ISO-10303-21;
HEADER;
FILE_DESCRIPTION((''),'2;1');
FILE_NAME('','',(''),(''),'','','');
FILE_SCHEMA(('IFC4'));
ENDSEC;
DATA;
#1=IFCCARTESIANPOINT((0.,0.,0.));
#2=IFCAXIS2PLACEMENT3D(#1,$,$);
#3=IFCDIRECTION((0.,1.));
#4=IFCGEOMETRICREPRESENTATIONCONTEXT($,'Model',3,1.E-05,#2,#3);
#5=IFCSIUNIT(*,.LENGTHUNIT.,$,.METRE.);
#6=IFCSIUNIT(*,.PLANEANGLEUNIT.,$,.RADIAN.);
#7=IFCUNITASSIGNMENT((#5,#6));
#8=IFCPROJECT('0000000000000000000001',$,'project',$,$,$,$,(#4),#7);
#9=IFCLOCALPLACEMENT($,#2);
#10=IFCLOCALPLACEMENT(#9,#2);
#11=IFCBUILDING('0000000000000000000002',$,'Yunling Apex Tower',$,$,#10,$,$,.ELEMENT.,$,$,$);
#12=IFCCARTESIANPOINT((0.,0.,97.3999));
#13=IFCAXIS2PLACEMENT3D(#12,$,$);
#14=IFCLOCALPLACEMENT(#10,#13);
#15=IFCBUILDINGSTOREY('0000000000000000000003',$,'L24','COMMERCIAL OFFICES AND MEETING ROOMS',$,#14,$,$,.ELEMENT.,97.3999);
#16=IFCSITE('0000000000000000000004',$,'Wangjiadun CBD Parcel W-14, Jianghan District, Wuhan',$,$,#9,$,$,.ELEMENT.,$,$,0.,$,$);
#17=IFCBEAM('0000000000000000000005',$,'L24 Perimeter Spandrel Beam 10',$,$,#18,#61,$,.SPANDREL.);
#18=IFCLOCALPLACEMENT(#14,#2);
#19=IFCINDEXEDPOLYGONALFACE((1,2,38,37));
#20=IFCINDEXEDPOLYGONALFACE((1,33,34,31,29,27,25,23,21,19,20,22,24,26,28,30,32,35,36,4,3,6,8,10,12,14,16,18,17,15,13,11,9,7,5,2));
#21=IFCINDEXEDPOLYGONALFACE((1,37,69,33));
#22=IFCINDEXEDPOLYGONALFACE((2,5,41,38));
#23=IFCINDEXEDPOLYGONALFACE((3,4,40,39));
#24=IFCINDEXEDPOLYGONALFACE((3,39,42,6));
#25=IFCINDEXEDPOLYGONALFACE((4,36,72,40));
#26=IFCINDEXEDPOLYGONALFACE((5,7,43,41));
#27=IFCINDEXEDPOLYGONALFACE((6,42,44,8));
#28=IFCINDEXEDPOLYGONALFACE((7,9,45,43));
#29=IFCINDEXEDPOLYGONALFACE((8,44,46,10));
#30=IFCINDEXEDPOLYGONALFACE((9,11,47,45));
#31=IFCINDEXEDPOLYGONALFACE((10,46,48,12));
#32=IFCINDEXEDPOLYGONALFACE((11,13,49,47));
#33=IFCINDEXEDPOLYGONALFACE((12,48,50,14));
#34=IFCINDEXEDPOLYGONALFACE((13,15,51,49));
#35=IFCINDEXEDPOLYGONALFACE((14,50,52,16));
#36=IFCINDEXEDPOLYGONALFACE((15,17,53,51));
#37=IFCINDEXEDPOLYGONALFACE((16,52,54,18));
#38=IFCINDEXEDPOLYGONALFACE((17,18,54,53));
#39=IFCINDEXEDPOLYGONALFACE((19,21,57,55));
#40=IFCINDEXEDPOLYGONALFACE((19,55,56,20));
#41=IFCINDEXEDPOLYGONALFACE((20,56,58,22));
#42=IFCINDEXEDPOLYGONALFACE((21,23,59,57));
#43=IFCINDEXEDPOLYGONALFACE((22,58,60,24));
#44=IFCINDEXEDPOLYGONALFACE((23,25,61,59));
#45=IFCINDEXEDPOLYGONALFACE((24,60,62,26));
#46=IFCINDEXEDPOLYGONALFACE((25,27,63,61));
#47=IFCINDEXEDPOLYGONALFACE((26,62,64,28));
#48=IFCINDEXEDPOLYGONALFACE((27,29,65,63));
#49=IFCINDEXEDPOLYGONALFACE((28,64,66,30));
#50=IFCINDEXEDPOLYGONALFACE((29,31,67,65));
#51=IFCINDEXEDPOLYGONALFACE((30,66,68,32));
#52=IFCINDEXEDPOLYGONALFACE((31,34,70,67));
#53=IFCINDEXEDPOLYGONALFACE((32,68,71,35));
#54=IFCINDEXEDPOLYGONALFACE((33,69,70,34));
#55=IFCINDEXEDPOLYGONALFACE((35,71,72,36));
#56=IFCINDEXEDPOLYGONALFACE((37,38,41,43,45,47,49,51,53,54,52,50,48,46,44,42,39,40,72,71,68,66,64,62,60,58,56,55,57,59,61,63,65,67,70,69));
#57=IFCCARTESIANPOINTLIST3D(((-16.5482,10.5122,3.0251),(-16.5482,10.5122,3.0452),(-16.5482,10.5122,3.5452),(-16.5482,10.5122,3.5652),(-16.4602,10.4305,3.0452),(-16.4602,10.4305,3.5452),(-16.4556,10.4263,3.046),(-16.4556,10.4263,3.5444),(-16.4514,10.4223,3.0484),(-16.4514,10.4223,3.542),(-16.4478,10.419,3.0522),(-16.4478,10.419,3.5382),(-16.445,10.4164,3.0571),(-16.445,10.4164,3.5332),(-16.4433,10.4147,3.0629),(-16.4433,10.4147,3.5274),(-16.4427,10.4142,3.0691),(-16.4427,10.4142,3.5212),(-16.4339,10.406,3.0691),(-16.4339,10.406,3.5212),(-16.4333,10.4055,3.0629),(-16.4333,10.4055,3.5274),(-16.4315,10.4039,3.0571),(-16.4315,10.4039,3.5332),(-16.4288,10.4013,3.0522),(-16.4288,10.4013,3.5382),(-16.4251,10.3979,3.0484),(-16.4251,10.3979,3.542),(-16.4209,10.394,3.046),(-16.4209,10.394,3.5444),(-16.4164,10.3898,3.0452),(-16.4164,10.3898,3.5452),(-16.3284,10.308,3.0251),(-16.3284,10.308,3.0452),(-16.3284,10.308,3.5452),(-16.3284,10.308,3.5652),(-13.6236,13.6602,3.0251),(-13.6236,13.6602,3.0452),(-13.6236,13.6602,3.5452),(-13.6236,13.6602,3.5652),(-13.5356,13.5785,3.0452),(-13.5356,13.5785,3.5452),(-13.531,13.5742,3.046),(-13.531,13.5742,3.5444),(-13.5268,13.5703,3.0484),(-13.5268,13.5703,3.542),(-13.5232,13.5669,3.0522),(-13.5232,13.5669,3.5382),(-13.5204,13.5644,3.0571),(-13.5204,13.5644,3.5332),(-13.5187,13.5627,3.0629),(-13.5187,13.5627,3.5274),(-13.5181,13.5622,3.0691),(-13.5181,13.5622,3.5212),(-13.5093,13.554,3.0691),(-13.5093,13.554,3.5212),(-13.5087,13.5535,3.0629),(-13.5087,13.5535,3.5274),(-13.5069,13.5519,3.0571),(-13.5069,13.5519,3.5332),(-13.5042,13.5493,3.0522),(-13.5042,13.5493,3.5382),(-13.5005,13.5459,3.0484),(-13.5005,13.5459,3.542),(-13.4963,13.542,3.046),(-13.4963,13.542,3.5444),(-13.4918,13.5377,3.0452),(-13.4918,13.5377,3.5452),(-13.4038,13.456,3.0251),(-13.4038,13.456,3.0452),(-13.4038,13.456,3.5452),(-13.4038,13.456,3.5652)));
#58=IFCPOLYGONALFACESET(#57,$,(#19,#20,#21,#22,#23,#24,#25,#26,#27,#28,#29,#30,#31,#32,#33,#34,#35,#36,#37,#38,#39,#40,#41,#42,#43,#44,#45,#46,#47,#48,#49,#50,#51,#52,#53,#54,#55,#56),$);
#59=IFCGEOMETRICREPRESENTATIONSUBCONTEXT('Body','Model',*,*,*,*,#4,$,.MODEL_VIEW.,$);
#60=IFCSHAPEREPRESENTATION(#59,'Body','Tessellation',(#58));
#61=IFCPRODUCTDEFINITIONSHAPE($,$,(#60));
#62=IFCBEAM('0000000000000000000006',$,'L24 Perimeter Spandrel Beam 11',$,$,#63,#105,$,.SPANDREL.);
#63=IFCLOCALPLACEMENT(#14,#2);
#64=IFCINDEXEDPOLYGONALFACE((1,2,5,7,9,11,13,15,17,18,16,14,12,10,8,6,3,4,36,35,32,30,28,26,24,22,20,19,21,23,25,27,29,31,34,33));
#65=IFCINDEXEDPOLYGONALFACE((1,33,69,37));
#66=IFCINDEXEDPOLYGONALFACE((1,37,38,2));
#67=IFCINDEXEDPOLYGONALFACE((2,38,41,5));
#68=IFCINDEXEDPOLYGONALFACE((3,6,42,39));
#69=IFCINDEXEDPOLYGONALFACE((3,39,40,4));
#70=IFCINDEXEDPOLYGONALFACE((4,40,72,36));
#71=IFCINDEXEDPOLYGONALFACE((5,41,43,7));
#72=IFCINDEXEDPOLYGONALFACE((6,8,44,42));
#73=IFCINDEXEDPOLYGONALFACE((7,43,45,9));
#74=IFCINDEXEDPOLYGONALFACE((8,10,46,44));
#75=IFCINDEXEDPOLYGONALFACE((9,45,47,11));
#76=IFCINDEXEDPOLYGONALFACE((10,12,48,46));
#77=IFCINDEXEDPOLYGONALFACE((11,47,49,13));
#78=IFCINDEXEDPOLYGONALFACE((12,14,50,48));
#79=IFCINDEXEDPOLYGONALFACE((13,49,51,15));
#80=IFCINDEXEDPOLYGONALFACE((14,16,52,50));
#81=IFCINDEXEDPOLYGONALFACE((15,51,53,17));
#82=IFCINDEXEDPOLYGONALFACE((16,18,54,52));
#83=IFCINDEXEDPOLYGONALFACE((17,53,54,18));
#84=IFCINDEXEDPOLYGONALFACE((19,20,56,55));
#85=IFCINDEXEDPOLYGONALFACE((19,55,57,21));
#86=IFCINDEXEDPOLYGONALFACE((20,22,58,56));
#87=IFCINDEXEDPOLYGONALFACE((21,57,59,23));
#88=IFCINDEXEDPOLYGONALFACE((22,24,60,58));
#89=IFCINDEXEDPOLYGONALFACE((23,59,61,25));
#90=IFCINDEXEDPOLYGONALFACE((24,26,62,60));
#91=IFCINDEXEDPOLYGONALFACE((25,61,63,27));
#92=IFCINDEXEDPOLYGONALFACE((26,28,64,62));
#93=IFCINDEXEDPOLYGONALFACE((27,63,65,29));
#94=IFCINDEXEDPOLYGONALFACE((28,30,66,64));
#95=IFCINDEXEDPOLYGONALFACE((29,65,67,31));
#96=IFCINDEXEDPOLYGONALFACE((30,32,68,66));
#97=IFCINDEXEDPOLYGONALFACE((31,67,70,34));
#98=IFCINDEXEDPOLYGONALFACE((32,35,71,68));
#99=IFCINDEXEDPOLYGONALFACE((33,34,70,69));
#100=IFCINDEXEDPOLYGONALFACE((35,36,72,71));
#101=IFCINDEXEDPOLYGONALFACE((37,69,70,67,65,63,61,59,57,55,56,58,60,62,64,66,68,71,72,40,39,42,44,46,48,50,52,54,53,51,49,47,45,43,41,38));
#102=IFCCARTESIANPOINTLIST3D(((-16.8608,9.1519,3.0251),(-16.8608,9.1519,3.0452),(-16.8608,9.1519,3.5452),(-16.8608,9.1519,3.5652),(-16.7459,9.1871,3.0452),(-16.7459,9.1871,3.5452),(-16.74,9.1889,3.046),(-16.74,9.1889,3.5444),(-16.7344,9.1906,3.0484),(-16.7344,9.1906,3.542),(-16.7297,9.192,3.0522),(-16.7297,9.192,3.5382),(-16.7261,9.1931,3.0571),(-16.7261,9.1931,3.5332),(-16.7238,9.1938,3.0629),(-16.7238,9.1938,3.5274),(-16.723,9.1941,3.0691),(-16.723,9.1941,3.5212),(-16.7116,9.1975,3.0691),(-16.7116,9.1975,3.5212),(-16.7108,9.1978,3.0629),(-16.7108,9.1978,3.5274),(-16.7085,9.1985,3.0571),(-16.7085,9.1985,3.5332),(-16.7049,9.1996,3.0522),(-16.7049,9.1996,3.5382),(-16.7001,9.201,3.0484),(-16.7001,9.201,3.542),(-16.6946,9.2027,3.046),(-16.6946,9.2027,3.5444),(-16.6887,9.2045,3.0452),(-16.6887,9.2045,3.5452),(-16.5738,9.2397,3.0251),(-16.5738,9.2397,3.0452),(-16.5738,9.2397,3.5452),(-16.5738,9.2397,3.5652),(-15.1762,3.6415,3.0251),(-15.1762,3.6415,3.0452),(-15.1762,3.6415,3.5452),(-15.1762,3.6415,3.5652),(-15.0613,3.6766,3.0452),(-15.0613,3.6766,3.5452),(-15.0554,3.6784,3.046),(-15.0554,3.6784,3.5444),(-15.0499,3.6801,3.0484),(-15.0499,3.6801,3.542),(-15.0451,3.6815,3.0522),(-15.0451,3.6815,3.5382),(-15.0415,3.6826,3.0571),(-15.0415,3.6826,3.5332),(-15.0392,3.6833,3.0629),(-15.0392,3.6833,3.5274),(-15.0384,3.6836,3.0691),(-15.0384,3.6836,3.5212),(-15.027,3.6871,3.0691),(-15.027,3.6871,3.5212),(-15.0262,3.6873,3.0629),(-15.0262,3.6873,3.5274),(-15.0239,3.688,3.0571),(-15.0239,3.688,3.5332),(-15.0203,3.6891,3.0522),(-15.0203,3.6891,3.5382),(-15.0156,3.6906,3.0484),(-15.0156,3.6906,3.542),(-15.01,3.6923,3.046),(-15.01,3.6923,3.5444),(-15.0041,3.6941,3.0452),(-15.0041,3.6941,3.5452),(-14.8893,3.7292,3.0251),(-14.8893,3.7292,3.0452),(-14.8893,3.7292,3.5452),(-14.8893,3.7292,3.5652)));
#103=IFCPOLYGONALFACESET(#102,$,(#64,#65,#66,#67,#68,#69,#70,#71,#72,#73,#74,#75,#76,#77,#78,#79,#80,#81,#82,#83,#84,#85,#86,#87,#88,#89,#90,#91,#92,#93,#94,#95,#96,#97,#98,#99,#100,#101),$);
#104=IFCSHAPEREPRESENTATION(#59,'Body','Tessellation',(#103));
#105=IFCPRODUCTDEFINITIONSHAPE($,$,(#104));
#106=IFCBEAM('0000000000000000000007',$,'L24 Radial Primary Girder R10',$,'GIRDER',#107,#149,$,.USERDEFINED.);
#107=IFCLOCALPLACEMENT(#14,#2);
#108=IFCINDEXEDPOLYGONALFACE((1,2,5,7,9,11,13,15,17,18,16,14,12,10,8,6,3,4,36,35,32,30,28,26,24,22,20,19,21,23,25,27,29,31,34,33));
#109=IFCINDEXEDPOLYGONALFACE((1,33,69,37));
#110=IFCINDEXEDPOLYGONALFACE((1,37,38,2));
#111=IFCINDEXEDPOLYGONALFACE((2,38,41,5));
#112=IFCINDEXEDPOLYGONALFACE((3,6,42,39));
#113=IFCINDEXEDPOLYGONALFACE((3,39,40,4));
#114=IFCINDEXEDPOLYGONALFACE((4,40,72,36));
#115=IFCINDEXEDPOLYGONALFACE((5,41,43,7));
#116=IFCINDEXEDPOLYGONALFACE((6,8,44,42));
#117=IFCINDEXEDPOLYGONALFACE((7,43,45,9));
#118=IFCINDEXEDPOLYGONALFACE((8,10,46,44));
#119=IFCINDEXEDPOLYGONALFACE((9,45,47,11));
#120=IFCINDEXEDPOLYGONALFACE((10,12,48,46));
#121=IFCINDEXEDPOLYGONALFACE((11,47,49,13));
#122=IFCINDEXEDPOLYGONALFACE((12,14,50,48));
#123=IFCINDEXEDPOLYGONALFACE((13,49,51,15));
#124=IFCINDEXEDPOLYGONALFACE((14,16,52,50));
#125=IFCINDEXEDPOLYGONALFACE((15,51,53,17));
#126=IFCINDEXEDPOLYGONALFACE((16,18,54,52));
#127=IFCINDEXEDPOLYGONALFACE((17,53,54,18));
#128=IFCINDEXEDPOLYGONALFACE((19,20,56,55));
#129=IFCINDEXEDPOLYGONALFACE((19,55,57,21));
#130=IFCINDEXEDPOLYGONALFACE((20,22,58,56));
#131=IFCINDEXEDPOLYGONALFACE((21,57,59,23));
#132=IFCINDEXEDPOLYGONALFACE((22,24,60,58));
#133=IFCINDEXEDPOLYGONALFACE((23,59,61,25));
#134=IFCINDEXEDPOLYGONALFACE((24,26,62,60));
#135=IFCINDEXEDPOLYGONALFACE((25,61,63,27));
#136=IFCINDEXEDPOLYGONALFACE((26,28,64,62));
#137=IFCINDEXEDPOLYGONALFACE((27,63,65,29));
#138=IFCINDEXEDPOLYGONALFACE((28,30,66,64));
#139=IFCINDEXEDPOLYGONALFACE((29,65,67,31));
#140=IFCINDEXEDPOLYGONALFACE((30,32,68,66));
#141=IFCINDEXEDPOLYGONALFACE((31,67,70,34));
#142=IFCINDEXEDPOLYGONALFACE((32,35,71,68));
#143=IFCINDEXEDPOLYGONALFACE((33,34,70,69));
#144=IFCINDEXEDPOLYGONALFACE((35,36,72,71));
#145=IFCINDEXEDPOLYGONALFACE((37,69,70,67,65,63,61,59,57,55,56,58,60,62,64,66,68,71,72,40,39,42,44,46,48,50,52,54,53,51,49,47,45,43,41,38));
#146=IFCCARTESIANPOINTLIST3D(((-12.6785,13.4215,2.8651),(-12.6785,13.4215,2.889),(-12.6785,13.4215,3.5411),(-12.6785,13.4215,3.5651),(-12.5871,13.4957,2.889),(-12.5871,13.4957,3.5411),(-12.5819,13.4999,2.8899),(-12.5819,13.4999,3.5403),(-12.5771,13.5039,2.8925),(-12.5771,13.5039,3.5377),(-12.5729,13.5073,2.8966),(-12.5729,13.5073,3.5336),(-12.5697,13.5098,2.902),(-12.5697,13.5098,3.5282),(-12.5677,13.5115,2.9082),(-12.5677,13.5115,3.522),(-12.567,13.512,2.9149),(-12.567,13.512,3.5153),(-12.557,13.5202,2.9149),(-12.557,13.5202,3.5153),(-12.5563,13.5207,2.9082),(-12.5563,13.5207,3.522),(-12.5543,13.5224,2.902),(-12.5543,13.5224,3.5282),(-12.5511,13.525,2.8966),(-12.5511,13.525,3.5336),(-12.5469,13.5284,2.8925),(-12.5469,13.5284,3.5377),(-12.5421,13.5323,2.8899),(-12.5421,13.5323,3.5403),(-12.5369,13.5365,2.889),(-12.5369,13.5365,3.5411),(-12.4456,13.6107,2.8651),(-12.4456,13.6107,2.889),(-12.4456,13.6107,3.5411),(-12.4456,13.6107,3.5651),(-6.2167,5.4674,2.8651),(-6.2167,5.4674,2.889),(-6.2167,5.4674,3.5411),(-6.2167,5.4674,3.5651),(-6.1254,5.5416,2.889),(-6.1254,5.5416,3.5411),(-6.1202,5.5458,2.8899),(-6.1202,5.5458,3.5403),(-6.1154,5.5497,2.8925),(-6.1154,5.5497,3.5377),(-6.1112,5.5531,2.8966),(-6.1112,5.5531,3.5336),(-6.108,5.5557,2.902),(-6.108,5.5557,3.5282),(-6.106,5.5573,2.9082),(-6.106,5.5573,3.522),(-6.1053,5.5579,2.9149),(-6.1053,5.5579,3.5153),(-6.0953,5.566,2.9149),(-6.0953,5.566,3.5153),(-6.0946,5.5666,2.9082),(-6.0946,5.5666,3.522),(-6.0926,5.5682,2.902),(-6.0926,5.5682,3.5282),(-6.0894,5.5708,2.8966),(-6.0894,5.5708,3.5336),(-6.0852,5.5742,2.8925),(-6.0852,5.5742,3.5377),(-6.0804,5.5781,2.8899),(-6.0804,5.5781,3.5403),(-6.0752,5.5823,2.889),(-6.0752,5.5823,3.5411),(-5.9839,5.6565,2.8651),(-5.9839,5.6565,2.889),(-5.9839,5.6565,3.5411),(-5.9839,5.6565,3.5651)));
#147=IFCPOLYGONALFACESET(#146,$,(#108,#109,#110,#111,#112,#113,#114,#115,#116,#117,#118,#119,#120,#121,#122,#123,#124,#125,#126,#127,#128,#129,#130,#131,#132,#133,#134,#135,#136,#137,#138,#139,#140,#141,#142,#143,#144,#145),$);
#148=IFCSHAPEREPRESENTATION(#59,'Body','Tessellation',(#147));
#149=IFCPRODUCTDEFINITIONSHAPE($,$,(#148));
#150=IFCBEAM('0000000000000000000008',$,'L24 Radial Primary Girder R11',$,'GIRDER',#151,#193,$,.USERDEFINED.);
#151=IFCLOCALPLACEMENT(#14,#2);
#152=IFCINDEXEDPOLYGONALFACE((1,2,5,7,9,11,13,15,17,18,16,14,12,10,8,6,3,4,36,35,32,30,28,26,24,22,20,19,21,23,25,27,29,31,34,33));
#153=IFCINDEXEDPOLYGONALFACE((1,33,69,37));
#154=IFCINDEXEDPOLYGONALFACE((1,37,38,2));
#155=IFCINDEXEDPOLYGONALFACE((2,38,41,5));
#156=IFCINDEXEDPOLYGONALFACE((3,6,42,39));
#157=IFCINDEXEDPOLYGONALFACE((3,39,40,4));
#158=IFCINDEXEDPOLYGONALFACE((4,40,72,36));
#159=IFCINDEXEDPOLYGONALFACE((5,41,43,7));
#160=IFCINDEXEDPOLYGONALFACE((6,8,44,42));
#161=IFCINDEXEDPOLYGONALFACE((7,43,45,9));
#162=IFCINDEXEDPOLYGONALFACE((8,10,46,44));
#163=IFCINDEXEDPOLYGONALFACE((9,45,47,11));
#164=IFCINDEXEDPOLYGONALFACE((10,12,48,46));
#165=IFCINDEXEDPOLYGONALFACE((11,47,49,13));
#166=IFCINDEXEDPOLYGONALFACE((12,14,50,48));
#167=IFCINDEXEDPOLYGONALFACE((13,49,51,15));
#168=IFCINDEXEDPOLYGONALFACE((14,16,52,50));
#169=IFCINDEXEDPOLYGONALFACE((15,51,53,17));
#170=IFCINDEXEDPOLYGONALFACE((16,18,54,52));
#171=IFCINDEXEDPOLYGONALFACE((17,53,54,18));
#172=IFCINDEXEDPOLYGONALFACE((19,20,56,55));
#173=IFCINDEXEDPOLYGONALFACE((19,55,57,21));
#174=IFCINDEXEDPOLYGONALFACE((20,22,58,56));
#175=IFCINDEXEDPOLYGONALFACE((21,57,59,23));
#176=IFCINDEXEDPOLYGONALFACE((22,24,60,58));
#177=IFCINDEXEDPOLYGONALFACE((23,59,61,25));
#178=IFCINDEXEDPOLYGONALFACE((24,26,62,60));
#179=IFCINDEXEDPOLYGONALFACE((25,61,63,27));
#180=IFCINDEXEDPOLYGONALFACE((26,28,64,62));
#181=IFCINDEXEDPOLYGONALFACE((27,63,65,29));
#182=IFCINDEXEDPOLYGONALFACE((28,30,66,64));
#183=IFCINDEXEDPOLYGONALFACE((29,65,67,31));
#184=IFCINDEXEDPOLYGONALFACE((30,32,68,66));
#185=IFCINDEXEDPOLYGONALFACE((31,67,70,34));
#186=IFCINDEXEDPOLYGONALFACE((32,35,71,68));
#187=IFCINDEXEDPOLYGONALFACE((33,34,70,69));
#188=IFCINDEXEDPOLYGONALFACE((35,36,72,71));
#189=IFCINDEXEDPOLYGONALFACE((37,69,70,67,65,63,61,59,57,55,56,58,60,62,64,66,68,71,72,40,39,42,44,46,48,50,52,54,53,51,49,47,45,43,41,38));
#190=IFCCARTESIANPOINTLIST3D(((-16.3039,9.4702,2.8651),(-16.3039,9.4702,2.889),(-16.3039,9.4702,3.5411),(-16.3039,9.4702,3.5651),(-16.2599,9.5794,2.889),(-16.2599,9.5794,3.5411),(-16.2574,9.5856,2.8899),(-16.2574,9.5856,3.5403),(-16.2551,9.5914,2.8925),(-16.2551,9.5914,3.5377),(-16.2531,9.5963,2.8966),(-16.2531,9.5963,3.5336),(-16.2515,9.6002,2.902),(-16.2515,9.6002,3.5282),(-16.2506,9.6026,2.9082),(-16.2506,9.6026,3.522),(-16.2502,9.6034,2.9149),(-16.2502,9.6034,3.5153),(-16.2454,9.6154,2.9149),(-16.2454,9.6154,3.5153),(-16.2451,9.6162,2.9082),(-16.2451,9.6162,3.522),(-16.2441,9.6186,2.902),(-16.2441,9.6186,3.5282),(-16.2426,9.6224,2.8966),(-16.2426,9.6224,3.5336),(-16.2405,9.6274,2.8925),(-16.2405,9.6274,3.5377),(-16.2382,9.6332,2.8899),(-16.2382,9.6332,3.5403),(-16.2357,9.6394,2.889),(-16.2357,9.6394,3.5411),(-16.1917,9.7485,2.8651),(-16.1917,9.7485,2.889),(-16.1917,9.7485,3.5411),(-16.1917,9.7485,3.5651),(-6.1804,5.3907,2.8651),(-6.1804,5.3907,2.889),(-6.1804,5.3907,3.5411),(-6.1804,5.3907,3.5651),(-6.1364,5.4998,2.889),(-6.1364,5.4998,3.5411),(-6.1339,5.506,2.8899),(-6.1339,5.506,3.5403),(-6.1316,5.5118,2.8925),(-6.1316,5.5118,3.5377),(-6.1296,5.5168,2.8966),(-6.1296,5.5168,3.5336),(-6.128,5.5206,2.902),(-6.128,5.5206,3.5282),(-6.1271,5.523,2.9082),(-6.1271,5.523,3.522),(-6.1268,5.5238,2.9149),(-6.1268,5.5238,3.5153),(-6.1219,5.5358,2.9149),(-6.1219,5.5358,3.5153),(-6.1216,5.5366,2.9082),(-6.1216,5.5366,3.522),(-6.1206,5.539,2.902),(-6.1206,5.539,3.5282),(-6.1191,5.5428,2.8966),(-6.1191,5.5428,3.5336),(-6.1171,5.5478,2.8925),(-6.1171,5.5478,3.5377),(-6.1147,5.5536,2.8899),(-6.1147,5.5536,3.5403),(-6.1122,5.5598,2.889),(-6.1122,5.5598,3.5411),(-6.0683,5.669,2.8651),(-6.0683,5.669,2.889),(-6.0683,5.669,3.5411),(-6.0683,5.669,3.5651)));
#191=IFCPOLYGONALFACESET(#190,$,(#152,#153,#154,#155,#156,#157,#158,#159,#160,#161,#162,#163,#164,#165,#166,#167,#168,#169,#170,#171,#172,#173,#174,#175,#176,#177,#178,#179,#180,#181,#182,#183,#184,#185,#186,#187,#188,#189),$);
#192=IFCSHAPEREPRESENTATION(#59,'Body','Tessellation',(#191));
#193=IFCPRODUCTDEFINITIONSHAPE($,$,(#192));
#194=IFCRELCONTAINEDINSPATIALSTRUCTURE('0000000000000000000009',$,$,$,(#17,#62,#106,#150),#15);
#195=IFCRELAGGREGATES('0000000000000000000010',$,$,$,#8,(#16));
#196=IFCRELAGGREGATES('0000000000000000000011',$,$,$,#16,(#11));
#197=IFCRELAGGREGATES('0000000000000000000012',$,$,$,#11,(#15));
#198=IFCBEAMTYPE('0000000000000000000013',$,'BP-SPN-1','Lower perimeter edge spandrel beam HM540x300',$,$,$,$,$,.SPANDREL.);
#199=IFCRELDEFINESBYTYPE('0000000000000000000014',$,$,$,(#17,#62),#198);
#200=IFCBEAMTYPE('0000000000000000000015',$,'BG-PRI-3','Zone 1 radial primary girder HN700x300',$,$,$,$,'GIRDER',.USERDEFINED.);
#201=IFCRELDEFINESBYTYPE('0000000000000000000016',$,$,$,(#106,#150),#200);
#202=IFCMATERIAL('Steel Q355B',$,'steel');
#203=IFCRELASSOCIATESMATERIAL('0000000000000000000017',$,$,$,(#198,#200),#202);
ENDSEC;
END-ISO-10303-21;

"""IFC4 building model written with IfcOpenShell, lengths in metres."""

from ifc_helpers import new_model, si_unit, direction, frame, origin, origin_2d, place, context, subcontext, project, spatial, i_section, extrude, source, transform, mapped, material, material_profile, profile_set, type_object, element, save


model = new_model("IFC4")

# Units and contexts
model_context = context("Model", 3, precision=1e-05, world=origin(), true_north=direction((0.0, 1.0)))
body_context = subcontext(model_context, "Body", "Model", "MODEL_VIEW")
ifc_project = project(units=[si_unit("LENGTHUNIT", "METRE"), si_unit("PLANEANGLEUNIT", "RADIAN")], contexts=[model_context])

# Site, building, storey
site_placement = place(None, origin())
site = spatial("IfcSite", under=ifc_project, at=site_placement, Name="Wangjiadun CBD Parcel W-14, Jianghan District, Wuhan", CompositionType="ELEMENT", RefElevation=0.0)
building_placement = place(site_placement, origin())
building = spatial("IfcBuilding", under=site, at=building_placement, Name="Yunling Apex Tower", CompositionType="ELEMENT")
storey_placement = place(building_placement, frame((0.0, 0.0, 97.3999)))
storey = spatial("IfcBuildingStorey", under=building, at=storey_placement, Name="L24", Description="COMMERCIAL OFFICES AND MEETING ROOMS", CompositionType="ELEMENT", Elevation=97.3999)

# Beams
ifc_material_1 = material(Name="Steel Q355B", Category="steel")
ifc_material_profile_1 = material_profile(ifc_material_1, i_section(OverallWidth=0.3, OverallDepth=0.54, WebThickness=0.012, FlangeThickness=0.02, FilletRadius=0.0239, at=origin_2d()))
ifc_profile_set_1 = profile_set([ifc_material_profile_1], Name="Steel Q355B")
beam_type_1 = type_object("IfcBeamType", Name="BP-SPN-1", Description="Lower perimeter edge spandrel beam HM540x300", PredefinedType="SPANDREL", material=ifc_profile_set_1)
shared_shape_1 = source(origin(), body_context, "Body", "SweptSolid", [
    extrude(i_section(OverallWidth=0.3, OverallDepth=0.54, WebThickness=0.012, FlangeThickness=0.02, FilletRadius=0.0239, at=origin_2d()), origin(), (0.0, 0.0, 1.0), 4.2969),
])
beam_1_placement = place(storey_placement, frame((-13.5137, 13.5581, 3.2952), z_axis=(-0.680634, -0.732623, 0.0), x_axis=(0.732623, -0.680634, 0.0)))
element("IfcBeam", 1, at=beam_1_placement, inside=storey, type_object=beam_type_1, Name="L24 Perimeter Spandrel Beam 10", PredefinedType="SPANDREL", context=body_context, shape_type="MappedRepresentation", body=[
    mapped(shared_shape_1, transform((0.0, 0.0, 0.0), scale=1.0)),
])
shared_shape_2 = source(origin(), body_context, "Body", "SweptSolid", [
    extrude(i_section(OverallWidth=0.3, OverallDepth=0.54, WebThickness=0.012, FlangeThickness=0.02, FilletRadius=0.0239, at=origin_2d()), origin(), (0.0, 0.0, 1.0), 5.7622),
])
beam_2_placement = place(storey_placement, frame((-16.7173, 9.1958, 3.2952), z_axis=(0.292347, -0.956312, 0.0), x_axis=(0.956312, 0.292347, 0.0)))
element("IfcBeam", 2, at=beam_2_placement, inside=storey, type_object=beam_type_1, Name="L24 Perimeter Spandrel Beam 11", PredefinedType="SPANDREL", context=body_context, shape_type="MappedRepresentation", body=[
    mapped(shared_shape_2, transform((0.0, 0.0, 0.0), scale=1.0)),
])
ifc_material_profile_2 = material_profile(ifc_material_1, i_section(OverallWidth=0.3, OverallDepth=0.7, WebThickness=0.0129, FlangeThickness=0.0239, FilletRadius=0.0259, at=origin_2d()))
ifc_profile_set_2 = profile_set([ifc_material_profile_2], Name="Steel Q355B")
beam_type_2 = type_object("IfcBeamType", Name="BG-PRI-3", Description="Zone 1 radial primary girder HN700x300", ElementType="GIRDER", PredefinedType="USERDEFINED", material=ifc_profile_set_2)
shared_shape_3 = source(origin(), body_context, "Body", "SweptSolid", [
    extrude(i_section(OverallWidth=0.3, OverallDepth=0.7, WebThickness=0.0129, FlangeThickness=0.0239, FilletRadius=0.0259, at=origin_2d()), origin(), (0.0, 0.0, 1.0), 10.248),
])
beam_3_placement = place(storey_placement, frame((-12.562, 13.5161, 3.2151), z_axis=(0.630532, -0.776164, 0.0), x_axis=(0.776164, 0.630532, 0.0)))
element("IfcBeam", 3, at=beam_3_placement, inside=storey, type_object=beam_type_2, Name="L24 Radial Primary Girder R10", ObjectType="GIRDER", PredefinedType="USERDEFINED", context=body_context, shape_type="MappedRepresentation", body=[
    mapped(shared_shape_3, transform((0.0, 0.0, 0.0), scale=1.0)),
])
shared_shape_4 = source(origin(), body_context, "Body", "SweptSolid", [
    extrude(i_section(OverallWidth=0.3, OverallDepth=0.7, WebThickness=0.0129, FlangeThickness=0.0239, FilletRadius=0.0259, at=origin_2d()), origin(), (0.0, 0.0, 1.0), 10.9146),
])
beam_4_placement = place(storey_placement, frame((-16.2478, 9.6094, 3.2151), z_axis=(0.92752, -0.373773, 0.0), x_axis=(0.373773, 0.92752, 0.0)))
element("IfcBeam", 4, at=beam_4_placement, inside=storey, type_object=beam_type_2, Name="L24 Radial Primary Girder R11", ObjectType="GIRDER", PredefinedType="USERDEFINED", context=body_context, shape_type="MappedRepresentation", body=[
    mapped(shared_shape_4, transform((0.0, 0.0, 0.0), scale=1.0)),
])

save(model, "model.ifc")
